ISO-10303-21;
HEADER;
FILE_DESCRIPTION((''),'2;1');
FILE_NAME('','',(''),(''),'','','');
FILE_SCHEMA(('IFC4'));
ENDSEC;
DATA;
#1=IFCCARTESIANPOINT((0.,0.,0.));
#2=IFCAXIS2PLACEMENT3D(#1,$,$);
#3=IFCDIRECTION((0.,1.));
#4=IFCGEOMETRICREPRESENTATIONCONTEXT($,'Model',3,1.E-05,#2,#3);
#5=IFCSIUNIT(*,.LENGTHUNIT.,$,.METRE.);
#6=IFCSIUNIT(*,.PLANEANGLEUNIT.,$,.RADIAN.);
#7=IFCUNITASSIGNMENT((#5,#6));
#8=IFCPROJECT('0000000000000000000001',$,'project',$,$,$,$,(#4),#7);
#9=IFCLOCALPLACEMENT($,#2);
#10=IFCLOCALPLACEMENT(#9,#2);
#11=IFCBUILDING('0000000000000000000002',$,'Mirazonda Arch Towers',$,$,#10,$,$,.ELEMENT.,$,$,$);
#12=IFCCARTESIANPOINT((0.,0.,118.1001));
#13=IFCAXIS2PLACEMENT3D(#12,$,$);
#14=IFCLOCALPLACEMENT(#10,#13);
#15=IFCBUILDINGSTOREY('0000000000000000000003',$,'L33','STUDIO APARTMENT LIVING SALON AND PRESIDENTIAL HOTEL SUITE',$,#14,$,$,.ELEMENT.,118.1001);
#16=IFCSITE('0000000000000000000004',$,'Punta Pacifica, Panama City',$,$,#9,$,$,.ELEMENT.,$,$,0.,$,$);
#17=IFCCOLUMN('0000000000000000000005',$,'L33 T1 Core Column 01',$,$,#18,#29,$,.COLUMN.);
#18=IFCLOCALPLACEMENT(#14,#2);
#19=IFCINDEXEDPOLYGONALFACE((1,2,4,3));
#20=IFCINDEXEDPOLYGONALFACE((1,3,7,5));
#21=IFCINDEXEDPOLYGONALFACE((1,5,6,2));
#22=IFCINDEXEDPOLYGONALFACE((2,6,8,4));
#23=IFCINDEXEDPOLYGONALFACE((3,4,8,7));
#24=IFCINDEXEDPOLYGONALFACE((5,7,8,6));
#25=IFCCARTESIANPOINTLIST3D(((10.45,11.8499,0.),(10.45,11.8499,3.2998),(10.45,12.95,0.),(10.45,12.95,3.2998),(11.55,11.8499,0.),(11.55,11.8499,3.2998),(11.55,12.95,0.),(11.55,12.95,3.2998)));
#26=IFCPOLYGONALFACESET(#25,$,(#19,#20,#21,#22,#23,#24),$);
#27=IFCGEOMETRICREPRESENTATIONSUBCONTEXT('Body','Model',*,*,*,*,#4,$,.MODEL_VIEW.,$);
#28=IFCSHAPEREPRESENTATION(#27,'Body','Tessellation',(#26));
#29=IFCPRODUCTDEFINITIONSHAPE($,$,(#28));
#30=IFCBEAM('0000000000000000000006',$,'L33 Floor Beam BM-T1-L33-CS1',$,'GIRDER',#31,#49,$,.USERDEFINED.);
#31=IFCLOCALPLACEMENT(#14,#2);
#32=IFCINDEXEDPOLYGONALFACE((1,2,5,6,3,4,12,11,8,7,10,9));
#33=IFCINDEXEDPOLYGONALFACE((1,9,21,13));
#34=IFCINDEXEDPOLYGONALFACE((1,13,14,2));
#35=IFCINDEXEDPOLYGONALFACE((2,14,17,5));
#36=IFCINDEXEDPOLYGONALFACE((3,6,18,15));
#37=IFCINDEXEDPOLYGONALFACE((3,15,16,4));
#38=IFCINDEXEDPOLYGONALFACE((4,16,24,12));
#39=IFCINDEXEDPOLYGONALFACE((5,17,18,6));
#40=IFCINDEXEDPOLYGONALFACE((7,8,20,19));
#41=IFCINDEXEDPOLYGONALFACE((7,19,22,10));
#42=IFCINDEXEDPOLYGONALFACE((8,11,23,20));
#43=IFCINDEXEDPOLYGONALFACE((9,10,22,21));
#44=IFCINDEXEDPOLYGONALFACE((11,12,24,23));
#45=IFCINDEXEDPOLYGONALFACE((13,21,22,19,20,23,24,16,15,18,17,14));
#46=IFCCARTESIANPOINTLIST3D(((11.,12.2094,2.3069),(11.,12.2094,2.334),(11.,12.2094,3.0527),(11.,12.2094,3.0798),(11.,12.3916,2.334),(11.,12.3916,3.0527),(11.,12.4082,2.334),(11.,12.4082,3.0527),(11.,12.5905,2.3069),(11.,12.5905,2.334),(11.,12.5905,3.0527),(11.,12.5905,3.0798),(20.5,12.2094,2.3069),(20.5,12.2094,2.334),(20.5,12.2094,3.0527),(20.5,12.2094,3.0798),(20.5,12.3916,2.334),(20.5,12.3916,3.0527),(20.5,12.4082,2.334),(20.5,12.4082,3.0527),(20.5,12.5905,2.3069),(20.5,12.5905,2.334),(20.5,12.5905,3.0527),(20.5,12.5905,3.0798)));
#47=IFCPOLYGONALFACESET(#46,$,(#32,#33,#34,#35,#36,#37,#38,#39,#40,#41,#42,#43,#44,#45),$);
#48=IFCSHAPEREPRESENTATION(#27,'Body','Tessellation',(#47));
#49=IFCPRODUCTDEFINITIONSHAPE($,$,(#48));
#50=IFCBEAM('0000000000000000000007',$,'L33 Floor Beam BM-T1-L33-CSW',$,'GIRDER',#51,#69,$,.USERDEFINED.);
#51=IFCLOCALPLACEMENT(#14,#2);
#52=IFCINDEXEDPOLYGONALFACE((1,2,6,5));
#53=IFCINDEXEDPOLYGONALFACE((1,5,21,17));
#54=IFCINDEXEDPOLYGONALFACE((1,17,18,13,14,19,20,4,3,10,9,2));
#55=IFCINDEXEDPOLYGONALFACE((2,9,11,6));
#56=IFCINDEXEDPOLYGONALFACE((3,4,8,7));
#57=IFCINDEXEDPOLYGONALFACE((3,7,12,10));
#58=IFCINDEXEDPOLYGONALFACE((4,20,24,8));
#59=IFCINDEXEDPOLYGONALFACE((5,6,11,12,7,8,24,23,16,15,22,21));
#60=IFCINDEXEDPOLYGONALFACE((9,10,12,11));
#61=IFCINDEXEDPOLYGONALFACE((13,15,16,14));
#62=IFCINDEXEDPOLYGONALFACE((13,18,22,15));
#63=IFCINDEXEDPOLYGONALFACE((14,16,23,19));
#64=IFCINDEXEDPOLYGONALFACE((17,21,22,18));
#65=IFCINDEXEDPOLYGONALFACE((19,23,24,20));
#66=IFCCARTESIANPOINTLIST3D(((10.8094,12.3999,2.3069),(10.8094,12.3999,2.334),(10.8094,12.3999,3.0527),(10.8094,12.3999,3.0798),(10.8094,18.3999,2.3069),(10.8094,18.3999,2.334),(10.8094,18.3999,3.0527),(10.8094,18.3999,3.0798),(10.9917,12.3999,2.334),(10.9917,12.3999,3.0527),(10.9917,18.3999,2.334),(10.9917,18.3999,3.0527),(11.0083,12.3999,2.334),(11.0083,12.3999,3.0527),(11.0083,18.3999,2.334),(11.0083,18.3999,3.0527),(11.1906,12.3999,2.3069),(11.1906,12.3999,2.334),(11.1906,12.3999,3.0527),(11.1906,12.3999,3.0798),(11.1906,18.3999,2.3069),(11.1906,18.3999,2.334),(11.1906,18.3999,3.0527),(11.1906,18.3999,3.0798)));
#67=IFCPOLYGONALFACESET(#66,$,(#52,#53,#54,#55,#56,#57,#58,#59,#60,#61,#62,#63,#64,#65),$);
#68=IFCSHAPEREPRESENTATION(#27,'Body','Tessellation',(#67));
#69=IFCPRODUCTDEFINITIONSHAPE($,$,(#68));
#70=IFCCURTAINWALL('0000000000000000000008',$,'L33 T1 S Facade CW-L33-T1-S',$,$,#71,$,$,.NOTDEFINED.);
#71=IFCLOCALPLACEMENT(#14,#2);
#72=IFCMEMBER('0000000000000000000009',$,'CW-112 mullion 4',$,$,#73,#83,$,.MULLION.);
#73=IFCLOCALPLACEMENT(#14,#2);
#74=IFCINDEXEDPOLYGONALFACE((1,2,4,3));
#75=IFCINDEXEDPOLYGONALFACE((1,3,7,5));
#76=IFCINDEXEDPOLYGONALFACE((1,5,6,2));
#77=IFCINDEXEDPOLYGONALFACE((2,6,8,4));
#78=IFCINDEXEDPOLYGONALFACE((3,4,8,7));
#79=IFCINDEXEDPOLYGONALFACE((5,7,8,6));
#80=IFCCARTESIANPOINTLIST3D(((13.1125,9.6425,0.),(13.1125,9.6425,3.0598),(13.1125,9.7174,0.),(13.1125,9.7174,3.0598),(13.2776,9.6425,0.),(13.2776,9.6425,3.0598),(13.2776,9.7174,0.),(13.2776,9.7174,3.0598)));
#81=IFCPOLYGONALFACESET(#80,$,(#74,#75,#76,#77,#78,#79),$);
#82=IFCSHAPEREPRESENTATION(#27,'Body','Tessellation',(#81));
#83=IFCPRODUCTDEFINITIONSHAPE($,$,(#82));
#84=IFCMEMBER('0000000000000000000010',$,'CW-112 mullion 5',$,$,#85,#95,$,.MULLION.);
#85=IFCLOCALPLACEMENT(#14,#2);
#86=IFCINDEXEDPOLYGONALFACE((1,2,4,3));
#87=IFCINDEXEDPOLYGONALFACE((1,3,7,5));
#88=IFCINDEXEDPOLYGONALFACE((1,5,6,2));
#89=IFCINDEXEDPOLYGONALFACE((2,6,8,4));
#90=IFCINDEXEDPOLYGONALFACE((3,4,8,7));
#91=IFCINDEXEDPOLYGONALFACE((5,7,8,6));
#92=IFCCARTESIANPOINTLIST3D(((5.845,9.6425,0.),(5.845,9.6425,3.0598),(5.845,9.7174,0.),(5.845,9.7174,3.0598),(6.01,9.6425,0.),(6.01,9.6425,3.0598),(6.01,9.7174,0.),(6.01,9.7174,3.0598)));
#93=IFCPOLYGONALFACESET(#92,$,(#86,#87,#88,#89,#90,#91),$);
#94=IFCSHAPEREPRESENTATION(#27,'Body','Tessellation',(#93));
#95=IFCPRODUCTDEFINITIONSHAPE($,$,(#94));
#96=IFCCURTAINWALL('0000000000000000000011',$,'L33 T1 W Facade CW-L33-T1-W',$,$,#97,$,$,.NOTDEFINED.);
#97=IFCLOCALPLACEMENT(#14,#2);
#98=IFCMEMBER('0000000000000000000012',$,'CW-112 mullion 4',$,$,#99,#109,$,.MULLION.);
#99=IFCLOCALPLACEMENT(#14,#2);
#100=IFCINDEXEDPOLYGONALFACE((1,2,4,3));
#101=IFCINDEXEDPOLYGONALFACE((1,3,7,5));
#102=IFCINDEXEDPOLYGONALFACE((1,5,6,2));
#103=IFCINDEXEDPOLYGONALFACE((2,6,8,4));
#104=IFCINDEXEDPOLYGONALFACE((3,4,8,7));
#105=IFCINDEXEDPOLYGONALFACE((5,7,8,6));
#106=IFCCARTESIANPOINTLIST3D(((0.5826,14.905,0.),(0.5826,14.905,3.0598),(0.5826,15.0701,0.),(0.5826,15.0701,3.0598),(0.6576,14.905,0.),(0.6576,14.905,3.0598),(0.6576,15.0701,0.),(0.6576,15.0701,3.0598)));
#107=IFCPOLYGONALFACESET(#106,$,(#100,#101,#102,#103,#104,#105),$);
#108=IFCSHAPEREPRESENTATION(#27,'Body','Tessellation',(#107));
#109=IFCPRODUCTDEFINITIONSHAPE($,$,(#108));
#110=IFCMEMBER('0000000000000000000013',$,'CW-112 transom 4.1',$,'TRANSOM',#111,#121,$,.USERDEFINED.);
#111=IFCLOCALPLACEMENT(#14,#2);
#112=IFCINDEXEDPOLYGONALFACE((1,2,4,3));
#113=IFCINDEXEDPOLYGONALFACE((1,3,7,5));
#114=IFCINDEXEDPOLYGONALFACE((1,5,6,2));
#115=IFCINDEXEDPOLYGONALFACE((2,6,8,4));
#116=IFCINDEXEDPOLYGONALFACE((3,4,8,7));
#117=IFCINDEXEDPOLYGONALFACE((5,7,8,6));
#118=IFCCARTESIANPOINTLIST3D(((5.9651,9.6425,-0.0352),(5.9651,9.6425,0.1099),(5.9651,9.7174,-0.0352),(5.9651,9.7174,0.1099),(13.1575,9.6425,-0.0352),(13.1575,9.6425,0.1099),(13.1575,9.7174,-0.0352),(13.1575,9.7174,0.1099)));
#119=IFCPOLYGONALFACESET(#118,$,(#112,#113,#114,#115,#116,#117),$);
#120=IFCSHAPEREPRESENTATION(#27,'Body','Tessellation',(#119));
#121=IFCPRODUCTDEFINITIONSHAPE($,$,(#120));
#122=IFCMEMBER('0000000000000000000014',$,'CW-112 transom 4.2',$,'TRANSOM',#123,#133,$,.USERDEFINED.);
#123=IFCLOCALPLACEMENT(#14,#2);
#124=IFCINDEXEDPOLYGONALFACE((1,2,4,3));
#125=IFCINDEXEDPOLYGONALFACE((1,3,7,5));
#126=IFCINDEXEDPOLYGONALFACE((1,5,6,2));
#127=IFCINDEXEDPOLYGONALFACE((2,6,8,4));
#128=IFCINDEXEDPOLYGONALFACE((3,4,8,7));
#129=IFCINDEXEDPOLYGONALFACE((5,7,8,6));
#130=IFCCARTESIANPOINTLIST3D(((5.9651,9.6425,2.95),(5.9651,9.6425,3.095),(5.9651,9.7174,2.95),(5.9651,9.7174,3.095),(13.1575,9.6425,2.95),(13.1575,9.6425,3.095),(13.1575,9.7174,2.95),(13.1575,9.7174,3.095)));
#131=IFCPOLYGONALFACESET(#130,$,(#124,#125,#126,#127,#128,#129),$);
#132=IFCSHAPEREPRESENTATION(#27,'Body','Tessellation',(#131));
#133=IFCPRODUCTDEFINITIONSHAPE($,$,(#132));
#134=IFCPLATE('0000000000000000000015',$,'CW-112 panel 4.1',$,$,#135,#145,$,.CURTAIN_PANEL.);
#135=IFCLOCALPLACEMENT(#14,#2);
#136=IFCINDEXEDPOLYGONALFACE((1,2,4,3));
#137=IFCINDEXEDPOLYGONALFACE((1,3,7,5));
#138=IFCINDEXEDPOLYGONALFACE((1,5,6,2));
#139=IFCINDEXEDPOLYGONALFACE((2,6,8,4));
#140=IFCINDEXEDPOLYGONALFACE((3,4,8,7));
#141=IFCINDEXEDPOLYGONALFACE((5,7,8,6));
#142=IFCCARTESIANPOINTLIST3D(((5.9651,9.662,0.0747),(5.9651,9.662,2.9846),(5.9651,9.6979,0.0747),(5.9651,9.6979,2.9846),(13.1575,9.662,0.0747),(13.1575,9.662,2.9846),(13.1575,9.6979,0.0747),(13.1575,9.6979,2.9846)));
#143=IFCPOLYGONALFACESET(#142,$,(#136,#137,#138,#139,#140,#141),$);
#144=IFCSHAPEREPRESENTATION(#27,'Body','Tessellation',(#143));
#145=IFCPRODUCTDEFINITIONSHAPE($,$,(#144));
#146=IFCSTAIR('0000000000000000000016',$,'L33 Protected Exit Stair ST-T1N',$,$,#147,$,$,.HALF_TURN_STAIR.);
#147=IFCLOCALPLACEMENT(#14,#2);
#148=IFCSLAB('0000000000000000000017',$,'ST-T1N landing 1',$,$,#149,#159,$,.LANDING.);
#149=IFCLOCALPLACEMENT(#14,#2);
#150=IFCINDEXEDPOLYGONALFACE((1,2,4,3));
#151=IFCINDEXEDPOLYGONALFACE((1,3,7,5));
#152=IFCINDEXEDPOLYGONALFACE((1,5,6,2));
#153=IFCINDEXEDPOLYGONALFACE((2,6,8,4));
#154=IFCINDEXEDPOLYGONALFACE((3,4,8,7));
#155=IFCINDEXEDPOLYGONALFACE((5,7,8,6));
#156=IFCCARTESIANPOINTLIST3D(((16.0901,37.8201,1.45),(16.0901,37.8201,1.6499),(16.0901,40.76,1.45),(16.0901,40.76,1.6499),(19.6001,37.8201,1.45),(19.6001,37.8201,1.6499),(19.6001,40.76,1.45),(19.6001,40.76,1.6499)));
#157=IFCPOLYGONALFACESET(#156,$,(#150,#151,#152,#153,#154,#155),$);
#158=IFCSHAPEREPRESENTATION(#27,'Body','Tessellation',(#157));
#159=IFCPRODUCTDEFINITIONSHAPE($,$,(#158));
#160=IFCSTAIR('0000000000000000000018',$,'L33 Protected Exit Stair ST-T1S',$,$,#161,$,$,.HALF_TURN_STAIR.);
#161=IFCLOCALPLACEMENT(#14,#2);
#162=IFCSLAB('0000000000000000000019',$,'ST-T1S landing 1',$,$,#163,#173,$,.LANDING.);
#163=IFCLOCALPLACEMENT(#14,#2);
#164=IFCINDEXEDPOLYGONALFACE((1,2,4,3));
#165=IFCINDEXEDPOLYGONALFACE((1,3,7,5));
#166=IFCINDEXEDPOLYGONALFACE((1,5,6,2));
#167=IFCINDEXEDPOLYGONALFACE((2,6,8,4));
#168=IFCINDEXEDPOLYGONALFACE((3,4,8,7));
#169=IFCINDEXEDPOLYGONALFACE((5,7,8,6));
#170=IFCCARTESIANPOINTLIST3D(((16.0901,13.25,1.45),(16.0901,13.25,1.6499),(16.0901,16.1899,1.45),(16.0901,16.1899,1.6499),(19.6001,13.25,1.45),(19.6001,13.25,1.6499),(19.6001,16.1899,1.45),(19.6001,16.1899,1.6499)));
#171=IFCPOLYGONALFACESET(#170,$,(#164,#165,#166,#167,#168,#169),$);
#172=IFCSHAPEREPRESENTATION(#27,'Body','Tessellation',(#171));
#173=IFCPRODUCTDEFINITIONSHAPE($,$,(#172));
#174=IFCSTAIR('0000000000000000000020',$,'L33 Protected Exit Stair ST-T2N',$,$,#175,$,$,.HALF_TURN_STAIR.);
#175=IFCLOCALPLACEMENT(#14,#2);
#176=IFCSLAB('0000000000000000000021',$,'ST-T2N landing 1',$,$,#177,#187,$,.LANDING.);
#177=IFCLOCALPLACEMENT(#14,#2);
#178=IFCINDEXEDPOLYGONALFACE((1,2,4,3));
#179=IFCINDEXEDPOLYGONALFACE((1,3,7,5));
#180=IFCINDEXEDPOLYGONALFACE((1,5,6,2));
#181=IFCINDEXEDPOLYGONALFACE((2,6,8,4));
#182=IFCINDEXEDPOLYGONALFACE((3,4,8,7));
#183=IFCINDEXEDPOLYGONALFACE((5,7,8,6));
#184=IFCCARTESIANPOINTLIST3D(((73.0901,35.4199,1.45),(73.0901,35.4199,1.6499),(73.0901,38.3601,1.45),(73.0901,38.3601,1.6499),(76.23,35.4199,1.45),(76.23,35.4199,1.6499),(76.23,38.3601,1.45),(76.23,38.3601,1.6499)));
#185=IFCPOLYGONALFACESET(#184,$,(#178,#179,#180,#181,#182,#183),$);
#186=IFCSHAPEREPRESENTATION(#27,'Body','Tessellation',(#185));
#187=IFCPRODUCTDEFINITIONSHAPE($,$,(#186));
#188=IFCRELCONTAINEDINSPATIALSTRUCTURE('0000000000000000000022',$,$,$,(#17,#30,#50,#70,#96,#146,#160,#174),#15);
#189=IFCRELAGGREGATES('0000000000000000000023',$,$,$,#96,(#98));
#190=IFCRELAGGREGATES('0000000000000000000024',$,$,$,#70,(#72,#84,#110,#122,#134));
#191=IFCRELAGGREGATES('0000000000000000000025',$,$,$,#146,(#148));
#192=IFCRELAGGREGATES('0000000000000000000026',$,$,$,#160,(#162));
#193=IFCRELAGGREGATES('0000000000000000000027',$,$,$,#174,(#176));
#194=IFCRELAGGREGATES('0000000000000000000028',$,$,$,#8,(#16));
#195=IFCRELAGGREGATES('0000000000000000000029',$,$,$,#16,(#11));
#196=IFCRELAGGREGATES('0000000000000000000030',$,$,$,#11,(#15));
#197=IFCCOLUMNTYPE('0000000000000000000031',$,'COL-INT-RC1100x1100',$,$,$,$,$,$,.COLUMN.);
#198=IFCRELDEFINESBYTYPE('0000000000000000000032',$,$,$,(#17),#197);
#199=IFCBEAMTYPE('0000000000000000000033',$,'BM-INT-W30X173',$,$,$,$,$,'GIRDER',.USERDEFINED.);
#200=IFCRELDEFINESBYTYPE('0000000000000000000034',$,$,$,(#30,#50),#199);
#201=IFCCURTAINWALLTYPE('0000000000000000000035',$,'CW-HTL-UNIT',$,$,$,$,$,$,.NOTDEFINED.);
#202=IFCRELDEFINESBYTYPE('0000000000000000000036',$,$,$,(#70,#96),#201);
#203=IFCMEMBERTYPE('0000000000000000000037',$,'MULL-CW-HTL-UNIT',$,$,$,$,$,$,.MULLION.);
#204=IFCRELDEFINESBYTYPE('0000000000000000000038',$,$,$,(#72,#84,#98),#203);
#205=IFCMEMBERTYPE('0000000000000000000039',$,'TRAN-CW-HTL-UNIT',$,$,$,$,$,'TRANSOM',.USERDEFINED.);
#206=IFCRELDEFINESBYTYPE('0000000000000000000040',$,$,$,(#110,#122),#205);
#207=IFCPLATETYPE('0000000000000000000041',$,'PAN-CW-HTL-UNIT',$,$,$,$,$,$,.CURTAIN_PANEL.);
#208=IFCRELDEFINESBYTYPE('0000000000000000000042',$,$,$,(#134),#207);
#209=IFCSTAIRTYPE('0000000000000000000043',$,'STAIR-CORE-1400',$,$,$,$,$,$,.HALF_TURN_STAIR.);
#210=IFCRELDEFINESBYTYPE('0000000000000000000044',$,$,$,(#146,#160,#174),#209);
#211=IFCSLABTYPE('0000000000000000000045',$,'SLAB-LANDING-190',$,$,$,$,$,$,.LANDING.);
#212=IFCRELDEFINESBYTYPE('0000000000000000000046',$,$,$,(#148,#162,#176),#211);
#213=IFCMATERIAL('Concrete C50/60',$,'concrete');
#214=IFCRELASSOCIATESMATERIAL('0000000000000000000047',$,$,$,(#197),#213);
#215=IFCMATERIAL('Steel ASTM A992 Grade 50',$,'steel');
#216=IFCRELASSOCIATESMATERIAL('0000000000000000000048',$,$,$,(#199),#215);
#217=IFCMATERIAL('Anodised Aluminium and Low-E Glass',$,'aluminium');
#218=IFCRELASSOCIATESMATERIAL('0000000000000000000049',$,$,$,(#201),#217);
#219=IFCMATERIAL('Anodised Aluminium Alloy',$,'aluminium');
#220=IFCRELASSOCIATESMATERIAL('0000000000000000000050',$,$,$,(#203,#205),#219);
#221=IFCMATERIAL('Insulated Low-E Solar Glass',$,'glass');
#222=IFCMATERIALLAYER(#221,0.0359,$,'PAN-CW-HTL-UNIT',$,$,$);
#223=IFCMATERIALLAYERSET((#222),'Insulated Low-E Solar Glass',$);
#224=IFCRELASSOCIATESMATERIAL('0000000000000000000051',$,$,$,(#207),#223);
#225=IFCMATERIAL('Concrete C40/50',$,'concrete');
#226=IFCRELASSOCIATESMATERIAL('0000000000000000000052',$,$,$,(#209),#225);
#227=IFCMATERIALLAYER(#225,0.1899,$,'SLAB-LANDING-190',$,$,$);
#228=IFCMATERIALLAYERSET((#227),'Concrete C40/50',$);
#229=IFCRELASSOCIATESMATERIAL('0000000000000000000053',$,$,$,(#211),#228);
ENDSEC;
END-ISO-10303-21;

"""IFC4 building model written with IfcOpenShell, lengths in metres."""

from ifc_helpers import new_model, si_unit, direction, frame, origin, origin_2d, place, context, subcontext, project, spatial, polyline, rectangle, i_section, outline, extrude, material, layer, layer_set, material_profile, profile_set, type_object, element, aggregate, save


model = new_model("IFC4")

# Units and contexts
model_context = context("Model", 3, precision=1e-05, world=origin(), true_north=direction((0.0, 1.0)))
body_context = subcontext(model_context, "Body", "Model", "MODEL_VIEW")
ifc_project = project(units=[si_unit("LENGTHUNIT", "METRE"), si_unit("PLANEANGLEUNIT", "RADIAN")], contexts=[model_context])

# Site, building, storey
site_placement = place(None, origin())
site = spatial("IfcSite", under=ifc_project, at=site_placement, Name="Punta Pacifica, Panama City", CompositionType="ELEMENT", RefElevation=0.0)
building_placement = place(site_placement, origin())
building = spatial("IfcBuilding", under=site, at=building_placement, Name="Mirazonda Arch Towers", CompositionType="ELEMENT")
storey_placement = place(building_placement, frame((0.0, 0.0, 118.1001)))
storey = spatial("IfcBuildingStorey", under=building, at=storey_placement, Name="L33", Description="STUDIO APARTMENT LIVING SALON AND PRESIDENTIAL HOTEL SUITE", CompositionType="ELEMENT", Elevation=118.1001)

# Column
ifc_material_1 = material(Name="Concrete C50/60", Category="concrete")
ifc_material_profile_1 = material_profile(ifc_material_1, rectangle(XDim=1.1001, YDim=1.1001, at=origin_2d()), Name="RC1100x1100")
ifc_profile_set_1 = profile_set([ifc_material_profile_1], Name="Concrete C50/60")
column_type = type_object("IfcColumnType", Name="COL-INT-RC1100x1100", PredefinedType="COLUMN", material=ifc_profile_set_1)
column_placement = place(storey_placement, frame((11.0, 12.3999, 0.0), z_axis=(0.0, 0.0, 1.0), x_axis=(1.0, 0.0, 0.0)))
element("IfcColumn", 1, at=column_placement, inside=storey, type_object=column_type, Name="L33 T1 Core Column 01", PredefinedType="COLUMN", context=body_context, shape_type="SweptSolid", body=[
    extrude(rectangle(XDim=1.1001, YDim=1.1001, at=origin_2d()), origin(), (0.0, 0.0, 1.0), 3.2998),
])

# Beams
ifc_material_2 = material(Name="Steel ASTM A992 Grade 50", Category="steel")
ifc_material_profile_2 = material_profile(ifc_material_2, i_section(OverallWidth=0.3811, OverallDepth=0.7729, WebThickness=0.0166, FlangeThickness=0.0271, at=origin_2d()), Name="W30X173")
ifc_profile_set_2 = profile_set([ifc_material_profile_2], Name="Steel ASTM A992 Grade 50")
beam_type = type_object("IfcBeamType", Name="BM-INT-W30X173", ElementType="GIRDER", PredefinedType="USERDEFINED", material=ifc_profile_set_2)
beam_1_placement = place(storey_placement, frame((11.0, 12.3999, 2.6934), z_axis=(1.0, 0.0, 0.0), x_axis=(0.0, 1.0, 0.0)))
element("IfcBeam", 2, at=beam_1_placement, inside=storey, type_object=beam_type, Name="L33 Floor Beam BM-T1-L33-CS1", ObjectType="GIRDER", PredefinedType="USERDEFINED", context=body_context, shape_type="SweptSolid", body=[
    extrude(i_section(OverallWidth=0.3811, OverallDepth=0.7729, WebThickness=0.0166, FlangeThickness=0.0271, at=origin_2d()), origin(), (0.0, 0.0, 1.0), 9.5),
])
beam_2_placement = place(storey_placement, frame((11.0, 12.3999, 2.6934), z_axis=(0.0, 1.0, 0.0), x_axis=(-1.0, 0.0, 0.0)))
element("IfcBeam", 3, at=beam_2_placement, inside=storey, type_object=beam_type, Name="L33 Floor Beam BM-T1-L33-CSW", ObjectType="GIRDER", PredefinedType="USERDEFINED", context=body_context, shape_type="SweptSolid", body=[
    extrude(i_section(OverallWidth=0.3811, OverallDepth=0.7729, WebThickness=0.0166, FlangeThickness=0.0271, at=origin_2d()), origin(), (0.0, 0.0, 1.0), 6.0),
])

# Curtain wall, members
ifc_material_3 = material(Name="Anodised Aluminium and Low-E Glass", Category="aluminium")
curtain_wall_type = type_object("IfcCurtainWallType", Name="CW-HTL-UNIT", PredefinedType="NOTDEFINED", material=ifc_material_3)
curtain_wall_1_placement = place(storey_placement, origin())
curtain_wall_1 = element("IfcCurtainWall", 4, at=curtain_wall_1_placement, inside=storey, type_object=curtain_wall_type, Name="L33 T1 S Facade CW-L33-T1-S", PredefinedType="NOTDEFINED")
ifc_material_4 = material(Name="Anodised Aluminium Alloy", Category="aluminium")
ifc_material_profile_3 = material_profile(ifc_material_4, rectangle(XDim=0.075, YDim=0.165, at=origin_2d()), Name="ALU-MULL-75x165")
ifc_profile_set_3 = profile_set([ifc_material_profile_3], Name="Anodised Aluminium Alloy")
member_type_1 = type_object("IfcMemberType", Name="MULL-CW-HTL-UNIT", PredefinedType="MULLION", material=ifc_profile_set_3)
member_1_placement = place(storey_placement, frame((13.1951, 9.6799, 0.0), z_axis=(0.0, 0.0, 1.0), x_axis=(0.0, -1.0, 0.0)))
member_1 = element("IfcMember", 5, at=member_1_placement, type_object=member_type_1, Name="CW-112 mullion 4", PredefinedType="MULLION", context=body_context, shape_type="SweptSolid", body=[
    extrude(rectangle(XDim=0.075, YDim=0.165, at=origin_2d()), origin(), (0.0, 0.0, 1.0), 3.0598),
])
member_2_placement = place(storey_placement, frame((5.9275, 9.6799, 0.0), z_axis=(0.0, 0.0, 1.0), x_axis=(0.0, -1.0, 0.0)))
member_2 = element("IfcMember", 6, at=member_2_placement, type_object=member_type_1, Name="CW-112 mullion 5", PredefinedType="MULLION", context=body_context, shape_type="SweptSolid", body=[
    extrude(rectangle(XDim=0.075, YDim=0.165, at=origin_2d()), origin(), (0.0, 0.0, 1.0), 3.0598),
])

# Curtain wall, member
curtain_wall_2_placement = place(storey_placement, origin())
curtain_wall_2 = element("IfcCurtainWall", 7, at=curtain_wall_2_placement, inside=storey, type_object=curtain_wall_type, Name="L33 T1 W Facade CW-L33-T1-W", PredefinedType="NOTDEFINED")
member_3_placement = place(storey_placement, frame((0.6201, 14.9875, 0.0), z_axis=(0.0, 0.0, 1.0), x_axis=(1.0, 0.0, 0.0)))
member_3 = element("IfcMember", 8, at=member_3_placement, type_object=member_type_1, Name="CW-112 mullion 4", PredefinedType="MULLION", context=body_context, shape_type="SweptSolid", body=[
    extrude(rectangle(XDim=0.075, YDim=0.165, at=origin_2d()), origin(), (0.0, 0.0, 1.0), 3.0598),
])
aggregate(curtain_wall_2, [member_3])

# Members
ifc_material_profile_4 = material_profile(ifc_material_4, rectangle(XDim=0.075, YDim=0.145, at=origin_2d()), Name="ALU-TRAN-75x145")
ifc_profile_set_4 = profile_set([ifc_material_profile_4], Name="Anodised Aluminium Alloy")
member_type_2 = type_object("IfcMemberType", Name="TRAN-CW-HTL-UNIT", ElementType="TRANSOM", PredefinedType="USERDEFINED", material=ifc_profile_set_4)
member_4_placement = place(storey_placement, frame((13.1575, 9.6799, 0.0374), z_axis=(-1.0, 0.0, 0.0), x_axis=(0.0, -1.0, 0.0)))
member_4 = element("IfcMember", 9, at=member_4_placement, type_object=member_type_2, Name="CW-112 transom 4.1", ObjectType="TRANSOM", PredefinedType="USERDEFINED", context=body_context, shape_type="SweptSolid", body=[
    extrude(rectangle(XDim=0.075, YDim=0.145, at=origin_2d()), origin(), (0.0, 0.0, 1.0), 7.1924),
])
member_5_placement = place(storey_placement, frame((13.1575, 9.6799, 3.0225), z_axis=(-1.0, 0.0, 0.0), x_axis=(0.0, -1.0, 0.0)))
member_5 = element("IfcMember", 10, at=member_5_placement, type_object=member_type_2, Name="CW-112 transom 4.2", ObjectType="TRANSOM", PredefinedType="USERDEFINED", context=body_context, shape_type="SweptSolid", body=[
    extrude(rectangle(XDim=0.075, YDim=0.145, at=origin_2d()), origin(), (0.0, 0.0, 1.0), 7.1924),
])

# Plate
ifc_material_5 = material(Name="Insulated Low-E Solar Glass", Category="glass")
ifc_layer_1 = layer(ifc_material_5, 0.0359, Name="PAN-CW-HTL-UNIT")
ifc_layer_set_1 = layer_set([ifc_layer_1], Name="Insulated Low-E Solar Glass")
plate_type = type_object("IfcPlateType", Name="PAN-CW-HTL-UNIT", PredefinedType="CURTAIN_PANEL", material=ifc_layer_set_1)
plate_placement = place(storey_placement, frame((9.5613, 9.6799, 0.0747), z_axis=(0.0, 0.0, 1.0), x_axis=(-1.0, 0.0, 0.0)))
plate = element("IfcPlate", 11, at=plate_placement, type_object=plate_type, Name="CW-112 panel 4.1", PredefinedType="CURTAIN_PANEL", context=body_context, shape_type="SweptSolid", body=[
    extrude(rectangle(XDim=7.1924, YDim=0.0359, at=origin_2d()), origin(), (0.0, 0.0, 1.0), 2.9099),
])
aggregate(curtain_wall_1, [member_1, member_2, member_4, member_5, plate])

# Stairs, slabs
ifc_material_6 = material(Name="Concrete C40/50", Category="concrete")
stair_type = type_object("IfcStairType", Name="STAIR-CORE-1400", PredefinedType="HALF_TURN_STAIR", material=ifc_material_6)
stair_1_placement = place(storey_placement, origin())
stair_1 = element("IfcStair", 12, at=stair_1_placement, inside=storey, type_object=stair_type, Name="L33 Protected Exit Stair ST-T1N", PredefinedType="HALF_TURN_STAIR")
ifc_layer_2 = layer(ifc_material_6, 0.1899, Name="SLAB-LANDING-190")
ifc_layer_set_2 = layer_set([ifc_layer_2], Name="Concrete C40/50")
slab_type_1 = type_object("IfcSlabType", Name="SLAB-LANDING-190", PredefinedType="LANDING", material=ifc_layer_set_2)
slab_1_placement = place(storey_placement, frame((0.0, 0.0, 1.45)))
slab_1 = element("IfcSlab", 13, at=slab_1_placement, type_object=slab_type_1, Name="ST-T1N landing 1", PredefinedType="LANDING", context=body_context, shape_type="SweptSolid", body=[
    extrude(outline(polyline([(16.0901, 37.8201), (19.6001, 37.8201), (19.6001, 40.76), (16.0901, 40.76), (16.0901, 37.8201)])), origin(), (0.0, 0.0, 1.0), 0.2),
])
aggregate(stair_1, [slab_1])
stair_2_placement = place(storey_placement, origin())
stair_2 = element("IfcStair", 14, at=stair_2_placement, inside=storey, type_object=stair_type, Name="L33 Protected Exit Stair ST-T1S", PredefinedType="HALF_TURN_STAIR")
slab_2_placement = place(storey_placement, frame((0.0, 0.0, 1.45)))
slab_2 = element("IfcSlab", 15, at=slab_2_placement, type_object=slab_type_1, Name="ST-T1S landing 1", PredefinedType="LANDING", context=body_context, shape_type="SweptSolid", body=[
    extrude(outline(polyline([(16.0901, 13.25), (19.6001, 13.25), (19.6001, 16.1899), (16.0901, 16.1899), (16.0901, 13.25)])), origin(), (0.0, 0.0, 1.0), 0.2),
])
aggregate(stair_2, [slab_2])
stair_3_placement = place(storey_placement, origin())
stair_3 = element("IfcStair", 16, at=stair_3_placement, inside=storey, type_object=stair_type, Name="L33 Protected Exit Stair ST-T2N", PredefinedType="HALF_TURN_STAIR")
slab_3_placement = place(storey_placement, frame((0.0, 0.0, 1.45)))
slab_3 = element("IfcSlab", 17, at=slab_3_placement, type_object=slab_type_1, Name="ST-T2N landing 1", PredefinedType="LANDING", context=body_context, shape_type="SweptSolid", body=[
    extrude(outline(polyline([(73.0901, 35.4199), (76.23, 35.4199), (76.23, 38.3601), (73.0901, 38.3601), (73.0901, 35.4199)])), origin(), (0.0, 0.0, 1.0), 0.2),
])
aggregate(stair_3, [slab_3])

save(model, "model.ifc")
